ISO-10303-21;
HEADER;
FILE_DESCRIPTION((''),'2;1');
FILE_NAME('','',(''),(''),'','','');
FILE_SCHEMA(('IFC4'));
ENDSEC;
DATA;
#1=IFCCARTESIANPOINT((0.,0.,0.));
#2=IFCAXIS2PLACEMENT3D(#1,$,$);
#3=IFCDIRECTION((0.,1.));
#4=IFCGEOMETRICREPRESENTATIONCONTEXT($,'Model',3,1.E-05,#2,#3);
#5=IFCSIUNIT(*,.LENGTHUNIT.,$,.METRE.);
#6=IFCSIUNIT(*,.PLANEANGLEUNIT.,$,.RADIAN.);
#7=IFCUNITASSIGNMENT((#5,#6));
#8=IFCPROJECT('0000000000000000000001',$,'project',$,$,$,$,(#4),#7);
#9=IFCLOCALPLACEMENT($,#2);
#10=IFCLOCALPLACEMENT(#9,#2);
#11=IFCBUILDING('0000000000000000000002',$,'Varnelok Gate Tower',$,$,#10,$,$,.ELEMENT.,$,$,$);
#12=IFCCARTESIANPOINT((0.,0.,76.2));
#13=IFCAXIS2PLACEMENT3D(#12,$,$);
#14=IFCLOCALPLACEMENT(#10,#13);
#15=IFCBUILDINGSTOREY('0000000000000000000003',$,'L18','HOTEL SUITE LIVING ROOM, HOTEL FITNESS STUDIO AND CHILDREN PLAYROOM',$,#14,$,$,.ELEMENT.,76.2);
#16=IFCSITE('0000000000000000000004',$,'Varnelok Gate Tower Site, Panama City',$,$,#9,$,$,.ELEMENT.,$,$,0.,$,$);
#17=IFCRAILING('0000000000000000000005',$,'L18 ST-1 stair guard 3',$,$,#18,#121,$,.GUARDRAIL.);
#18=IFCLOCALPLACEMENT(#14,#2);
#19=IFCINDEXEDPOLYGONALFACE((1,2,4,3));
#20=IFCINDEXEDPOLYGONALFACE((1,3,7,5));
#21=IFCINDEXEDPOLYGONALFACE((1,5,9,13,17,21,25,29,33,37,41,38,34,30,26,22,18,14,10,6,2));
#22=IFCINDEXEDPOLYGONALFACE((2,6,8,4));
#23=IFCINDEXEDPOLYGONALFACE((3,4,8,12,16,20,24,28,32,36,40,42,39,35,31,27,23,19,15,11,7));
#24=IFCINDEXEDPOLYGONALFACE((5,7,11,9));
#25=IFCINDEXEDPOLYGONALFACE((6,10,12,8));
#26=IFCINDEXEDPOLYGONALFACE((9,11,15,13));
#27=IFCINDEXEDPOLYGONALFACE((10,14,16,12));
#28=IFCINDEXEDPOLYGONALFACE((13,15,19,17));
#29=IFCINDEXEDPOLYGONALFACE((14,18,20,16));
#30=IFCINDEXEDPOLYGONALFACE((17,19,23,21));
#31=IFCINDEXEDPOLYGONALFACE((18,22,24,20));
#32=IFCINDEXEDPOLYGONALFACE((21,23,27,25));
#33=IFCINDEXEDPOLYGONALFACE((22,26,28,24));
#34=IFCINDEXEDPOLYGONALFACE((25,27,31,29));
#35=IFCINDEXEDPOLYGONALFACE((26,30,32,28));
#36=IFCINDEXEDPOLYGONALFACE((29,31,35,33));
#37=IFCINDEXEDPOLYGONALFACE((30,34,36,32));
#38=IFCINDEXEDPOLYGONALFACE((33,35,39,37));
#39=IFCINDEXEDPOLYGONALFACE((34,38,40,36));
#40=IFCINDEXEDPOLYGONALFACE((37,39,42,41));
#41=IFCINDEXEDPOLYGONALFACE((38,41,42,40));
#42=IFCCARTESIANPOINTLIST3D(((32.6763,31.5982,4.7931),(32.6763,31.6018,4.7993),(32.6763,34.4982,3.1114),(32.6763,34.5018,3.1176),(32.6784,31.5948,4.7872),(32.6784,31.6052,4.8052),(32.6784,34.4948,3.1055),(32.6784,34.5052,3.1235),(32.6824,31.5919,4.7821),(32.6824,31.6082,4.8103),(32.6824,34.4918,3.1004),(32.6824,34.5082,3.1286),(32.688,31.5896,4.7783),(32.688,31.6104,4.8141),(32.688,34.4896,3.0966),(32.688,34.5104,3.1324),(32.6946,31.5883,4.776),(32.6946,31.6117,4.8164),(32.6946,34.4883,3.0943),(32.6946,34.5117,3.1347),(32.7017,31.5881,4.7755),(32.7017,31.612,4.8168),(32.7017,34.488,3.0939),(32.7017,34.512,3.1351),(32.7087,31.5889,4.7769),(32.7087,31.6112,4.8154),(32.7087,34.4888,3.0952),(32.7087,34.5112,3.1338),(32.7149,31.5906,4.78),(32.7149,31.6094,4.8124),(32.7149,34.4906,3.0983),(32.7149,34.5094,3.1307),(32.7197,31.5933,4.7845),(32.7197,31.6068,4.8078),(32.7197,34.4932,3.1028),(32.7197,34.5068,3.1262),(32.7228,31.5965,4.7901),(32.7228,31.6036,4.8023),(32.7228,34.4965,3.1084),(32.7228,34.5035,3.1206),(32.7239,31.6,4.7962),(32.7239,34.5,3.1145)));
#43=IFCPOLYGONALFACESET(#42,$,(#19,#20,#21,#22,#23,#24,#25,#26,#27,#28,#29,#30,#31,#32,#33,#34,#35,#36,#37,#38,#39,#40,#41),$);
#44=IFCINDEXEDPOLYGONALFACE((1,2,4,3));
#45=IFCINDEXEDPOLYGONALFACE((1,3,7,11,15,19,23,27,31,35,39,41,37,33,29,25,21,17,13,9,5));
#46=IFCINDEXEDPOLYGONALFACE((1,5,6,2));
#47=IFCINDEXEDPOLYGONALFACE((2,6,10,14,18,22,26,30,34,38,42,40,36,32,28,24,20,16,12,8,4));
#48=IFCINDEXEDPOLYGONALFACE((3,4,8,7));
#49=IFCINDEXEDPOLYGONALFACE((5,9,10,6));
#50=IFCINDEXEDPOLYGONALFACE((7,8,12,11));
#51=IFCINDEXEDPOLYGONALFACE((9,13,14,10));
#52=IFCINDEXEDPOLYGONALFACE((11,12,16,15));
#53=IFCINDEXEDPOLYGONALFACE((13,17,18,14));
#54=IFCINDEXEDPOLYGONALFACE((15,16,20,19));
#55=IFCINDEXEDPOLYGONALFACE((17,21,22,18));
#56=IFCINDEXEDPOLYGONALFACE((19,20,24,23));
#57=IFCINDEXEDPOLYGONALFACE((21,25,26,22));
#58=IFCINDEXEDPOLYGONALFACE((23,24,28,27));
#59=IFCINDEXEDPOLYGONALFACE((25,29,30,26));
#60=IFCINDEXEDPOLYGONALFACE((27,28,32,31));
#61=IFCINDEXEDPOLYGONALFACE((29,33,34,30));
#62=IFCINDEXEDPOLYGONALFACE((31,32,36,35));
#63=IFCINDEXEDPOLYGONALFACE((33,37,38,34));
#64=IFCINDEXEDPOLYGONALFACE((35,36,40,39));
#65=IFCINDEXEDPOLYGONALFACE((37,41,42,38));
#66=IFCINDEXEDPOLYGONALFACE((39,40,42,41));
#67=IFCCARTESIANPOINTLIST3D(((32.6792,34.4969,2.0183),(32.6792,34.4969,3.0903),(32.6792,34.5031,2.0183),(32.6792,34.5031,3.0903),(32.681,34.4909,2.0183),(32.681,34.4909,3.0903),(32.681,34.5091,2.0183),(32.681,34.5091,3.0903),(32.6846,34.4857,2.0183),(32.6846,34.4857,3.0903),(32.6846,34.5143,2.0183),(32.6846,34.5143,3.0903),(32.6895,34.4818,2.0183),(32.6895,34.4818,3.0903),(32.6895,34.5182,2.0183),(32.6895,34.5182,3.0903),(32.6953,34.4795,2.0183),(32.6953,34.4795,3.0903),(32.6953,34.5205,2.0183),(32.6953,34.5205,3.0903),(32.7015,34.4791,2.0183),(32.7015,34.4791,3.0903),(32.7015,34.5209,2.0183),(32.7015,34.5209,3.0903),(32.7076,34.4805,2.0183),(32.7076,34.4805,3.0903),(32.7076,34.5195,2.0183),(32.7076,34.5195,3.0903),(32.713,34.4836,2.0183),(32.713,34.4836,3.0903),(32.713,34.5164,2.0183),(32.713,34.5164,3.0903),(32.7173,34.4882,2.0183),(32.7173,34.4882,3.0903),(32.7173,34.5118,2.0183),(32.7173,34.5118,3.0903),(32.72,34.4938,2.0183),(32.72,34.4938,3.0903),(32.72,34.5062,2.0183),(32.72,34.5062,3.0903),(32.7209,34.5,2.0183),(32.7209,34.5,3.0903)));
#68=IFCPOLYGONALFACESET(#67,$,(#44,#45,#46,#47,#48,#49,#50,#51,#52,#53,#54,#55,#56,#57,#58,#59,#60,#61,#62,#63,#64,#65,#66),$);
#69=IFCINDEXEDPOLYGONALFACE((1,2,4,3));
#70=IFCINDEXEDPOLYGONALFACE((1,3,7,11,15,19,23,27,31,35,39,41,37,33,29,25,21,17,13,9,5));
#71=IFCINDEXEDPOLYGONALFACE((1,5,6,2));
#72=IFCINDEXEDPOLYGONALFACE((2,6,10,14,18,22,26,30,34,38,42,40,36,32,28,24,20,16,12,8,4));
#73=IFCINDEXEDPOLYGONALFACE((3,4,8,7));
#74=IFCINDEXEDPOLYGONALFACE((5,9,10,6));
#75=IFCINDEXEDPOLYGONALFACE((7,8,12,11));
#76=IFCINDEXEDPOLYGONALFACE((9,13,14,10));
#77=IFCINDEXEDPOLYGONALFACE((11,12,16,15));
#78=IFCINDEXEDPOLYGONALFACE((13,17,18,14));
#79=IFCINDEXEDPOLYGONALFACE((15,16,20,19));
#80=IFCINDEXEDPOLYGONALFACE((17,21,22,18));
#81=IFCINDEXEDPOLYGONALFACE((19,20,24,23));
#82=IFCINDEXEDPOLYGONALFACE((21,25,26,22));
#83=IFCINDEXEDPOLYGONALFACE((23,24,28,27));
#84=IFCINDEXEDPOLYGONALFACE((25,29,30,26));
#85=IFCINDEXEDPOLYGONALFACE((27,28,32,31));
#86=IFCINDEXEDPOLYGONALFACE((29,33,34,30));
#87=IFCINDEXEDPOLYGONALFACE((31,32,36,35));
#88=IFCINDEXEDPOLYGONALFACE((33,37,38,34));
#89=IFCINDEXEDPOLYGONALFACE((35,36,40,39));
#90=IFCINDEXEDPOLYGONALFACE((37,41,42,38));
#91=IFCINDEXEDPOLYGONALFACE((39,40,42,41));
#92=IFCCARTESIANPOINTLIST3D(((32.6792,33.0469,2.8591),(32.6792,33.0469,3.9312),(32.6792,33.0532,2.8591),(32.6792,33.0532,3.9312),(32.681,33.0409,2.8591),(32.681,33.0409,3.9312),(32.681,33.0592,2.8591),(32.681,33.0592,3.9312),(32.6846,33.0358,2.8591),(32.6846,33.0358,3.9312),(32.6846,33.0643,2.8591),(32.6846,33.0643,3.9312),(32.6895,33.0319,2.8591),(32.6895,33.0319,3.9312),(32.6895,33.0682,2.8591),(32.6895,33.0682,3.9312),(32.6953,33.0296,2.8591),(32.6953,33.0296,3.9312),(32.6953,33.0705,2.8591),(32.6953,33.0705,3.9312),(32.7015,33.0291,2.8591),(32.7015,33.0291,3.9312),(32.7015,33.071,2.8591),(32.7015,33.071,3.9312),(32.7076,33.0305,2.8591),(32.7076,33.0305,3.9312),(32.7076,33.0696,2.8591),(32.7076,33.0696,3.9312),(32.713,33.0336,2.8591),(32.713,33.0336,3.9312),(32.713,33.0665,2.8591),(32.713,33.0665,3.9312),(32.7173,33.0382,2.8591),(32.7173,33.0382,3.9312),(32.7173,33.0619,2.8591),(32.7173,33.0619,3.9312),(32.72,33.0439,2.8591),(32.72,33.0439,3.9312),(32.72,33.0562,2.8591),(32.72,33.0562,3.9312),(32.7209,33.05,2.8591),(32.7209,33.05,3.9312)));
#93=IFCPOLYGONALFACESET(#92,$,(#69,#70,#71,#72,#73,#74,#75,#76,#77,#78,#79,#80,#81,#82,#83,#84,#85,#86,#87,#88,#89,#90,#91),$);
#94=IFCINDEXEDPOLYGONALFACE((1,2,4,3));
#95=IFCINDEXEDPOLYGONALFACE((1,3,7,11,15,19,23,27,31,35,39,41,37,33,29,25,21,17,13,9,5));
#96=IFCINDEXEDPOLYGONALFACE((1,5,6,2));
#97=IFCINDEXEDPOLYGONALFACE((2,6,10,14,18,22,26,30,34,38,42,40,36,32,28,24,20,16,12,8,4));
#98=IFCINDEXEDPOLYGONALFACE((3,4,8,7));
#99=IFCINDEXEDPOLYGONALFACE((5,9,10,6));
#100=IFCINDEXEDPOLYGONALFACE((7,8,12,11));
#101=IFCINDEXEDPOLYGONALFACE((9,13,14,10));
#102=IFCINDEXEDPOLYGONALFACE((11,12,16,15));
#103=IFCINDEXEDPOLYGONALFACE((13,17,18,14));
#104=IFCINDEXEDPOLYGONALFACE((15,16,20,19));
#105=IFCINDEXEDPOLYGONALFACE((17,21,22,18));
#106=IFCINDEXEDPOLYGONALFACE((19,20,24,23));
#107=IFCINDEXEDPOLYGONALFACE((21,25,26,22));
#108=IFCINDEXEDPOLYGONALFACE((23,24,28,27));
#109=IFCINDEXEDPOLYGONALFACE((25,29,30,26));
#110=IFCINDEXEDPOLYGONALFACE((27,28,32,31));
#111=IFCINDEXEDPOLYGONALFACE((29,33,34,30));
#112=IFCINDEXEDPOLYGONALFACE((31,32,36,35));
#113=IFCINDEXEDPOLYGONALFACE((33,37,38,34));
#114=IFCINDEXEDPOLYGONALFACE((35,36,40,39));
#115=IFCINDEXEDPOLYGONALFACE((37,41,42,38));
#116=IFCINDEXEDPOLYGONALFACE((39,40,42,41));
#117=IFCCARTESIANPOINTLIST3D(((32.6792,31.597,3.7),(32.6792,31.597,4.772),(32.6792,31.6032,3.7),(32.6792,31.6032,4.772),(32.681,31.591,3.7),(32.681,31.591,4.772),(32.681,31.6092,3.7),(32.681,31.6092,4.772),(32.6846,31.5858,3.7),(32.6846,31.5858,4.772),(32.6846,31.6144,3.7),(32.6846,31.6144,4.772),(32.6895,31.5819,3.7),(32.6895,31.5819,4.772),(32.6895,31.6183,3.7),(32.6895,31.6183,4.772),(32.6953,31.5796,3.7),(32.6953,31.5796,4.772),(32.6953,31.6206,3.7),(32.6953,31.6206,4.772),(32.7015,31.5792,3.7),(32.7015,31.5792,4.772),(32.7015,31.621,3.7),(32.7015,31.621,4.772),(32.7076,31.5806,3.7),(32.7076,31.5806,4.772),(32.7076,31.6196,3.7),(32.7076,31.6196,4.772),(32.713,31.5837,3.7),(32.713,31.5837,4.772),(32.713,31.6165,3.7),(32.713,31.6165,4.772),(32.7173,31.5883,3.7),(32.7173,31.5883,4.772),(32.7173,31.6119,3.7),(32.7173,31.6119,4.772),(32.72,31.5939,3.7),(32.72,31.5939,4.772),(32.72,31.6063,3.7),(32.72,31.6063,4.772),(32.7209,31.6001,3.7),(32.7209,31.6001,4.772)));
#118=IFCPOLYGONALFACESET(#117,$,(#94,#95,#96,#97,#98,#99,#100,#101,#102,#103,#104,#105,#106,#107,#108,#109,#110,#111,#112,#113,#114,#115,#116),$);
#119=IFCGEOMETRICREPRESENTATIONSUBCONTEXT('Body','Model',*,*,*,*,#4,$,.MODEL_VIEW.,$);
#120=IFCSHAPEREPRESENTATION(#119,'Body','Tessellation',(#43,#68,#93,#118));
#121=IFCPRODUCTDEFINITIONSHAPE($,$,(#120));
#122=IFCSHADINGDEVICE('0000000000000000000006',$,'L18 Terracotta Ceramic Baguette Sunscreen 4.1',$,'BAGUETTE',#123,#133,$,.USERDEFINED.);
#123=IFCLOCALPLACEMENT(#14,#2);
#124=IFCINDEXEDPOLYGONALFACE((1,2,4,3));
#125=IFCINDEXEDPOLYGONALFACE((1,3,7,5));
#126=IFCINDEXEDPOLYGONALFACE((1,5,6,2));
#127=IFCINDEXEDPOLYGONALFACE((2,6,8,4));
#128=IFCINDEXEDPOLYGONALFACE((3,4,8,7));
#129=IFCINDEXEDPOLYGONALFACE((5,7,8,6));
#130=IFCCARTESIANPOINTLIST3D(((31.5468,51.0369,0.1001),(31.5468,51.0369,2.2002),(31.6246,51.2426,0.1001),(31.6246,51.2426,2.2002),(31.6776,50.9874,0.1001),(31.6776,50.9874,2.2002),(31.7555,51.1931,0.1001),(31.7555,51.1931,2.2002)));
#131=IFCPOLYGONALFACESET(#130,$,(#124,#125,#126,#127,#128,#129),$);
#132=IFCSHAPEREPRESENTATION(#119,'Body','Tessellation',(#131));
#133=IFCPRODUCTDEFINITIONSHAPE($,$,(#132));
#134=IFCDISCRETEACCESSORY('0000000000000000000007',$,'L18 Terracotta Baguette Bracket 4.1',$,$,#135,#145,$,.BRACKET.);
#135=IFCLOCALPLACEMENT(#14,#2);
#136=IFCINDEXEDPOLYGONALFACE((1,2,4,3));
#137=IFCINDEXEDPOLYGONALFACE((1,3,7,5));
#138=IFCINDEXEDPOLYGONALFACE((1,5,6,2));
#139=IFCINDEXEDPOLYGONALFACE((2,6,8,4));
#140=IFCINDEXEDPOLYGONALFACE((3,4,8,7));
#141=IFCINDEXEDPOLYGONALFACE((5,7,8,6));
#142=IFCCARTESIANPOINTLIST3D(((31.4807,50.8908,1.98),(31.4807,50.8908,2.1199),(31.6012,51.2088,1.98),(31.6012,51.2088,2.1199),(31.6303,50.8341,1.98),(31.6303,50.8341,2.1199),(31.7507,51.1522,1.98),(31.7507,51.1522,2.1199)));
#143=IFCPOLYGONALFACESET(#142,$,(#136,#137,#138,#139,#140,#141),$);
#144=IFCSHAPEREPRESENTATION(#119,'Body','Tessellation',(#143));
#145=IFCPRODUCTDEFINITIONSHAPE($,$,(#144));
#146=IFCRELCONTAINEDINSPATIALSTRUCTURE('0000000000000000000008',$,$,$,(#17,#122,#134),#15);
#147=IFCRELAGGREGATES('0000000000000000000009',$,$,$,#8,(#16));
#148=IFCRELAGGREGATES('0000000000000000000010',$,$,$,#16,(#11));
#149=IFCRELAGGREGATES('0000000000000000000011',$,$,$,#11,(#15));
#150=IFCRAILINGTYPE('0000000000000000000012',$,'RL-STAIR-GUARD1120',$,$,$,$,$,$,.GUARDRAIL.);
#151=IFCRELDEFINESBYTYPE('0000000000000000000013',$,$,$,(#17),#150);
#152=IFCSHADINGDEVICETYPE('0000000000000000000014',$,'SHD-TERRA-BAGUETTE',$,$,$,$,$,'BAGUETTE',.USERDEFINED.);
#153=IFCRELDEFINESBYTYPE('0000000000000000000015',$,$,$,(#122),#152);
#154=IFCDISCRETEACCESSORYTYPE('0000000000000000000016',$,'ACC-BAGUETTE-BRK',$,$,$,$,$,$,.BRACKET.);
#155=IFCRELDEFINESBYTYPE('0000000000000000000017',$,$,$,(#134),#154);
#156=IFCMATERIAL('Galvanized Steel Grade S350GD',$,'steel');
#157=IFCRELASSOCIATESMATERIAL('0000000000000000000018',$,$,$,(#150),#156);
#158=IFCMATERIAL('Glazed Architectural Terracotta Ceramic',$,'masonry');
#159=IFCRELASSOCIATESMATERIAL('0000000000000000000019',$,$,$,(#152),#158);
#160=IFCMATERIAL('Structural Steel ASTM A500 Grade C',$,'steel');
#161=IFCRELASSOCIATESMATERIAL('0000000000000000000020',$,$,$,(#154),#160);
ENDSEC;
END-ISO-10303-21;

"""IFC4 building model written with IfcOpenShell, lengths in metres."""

from ifc_helpers import new_model, si_unit, direction, frame, origin, origin_2d, place, context, subcontext, project, spatial, rectangle, circle, extrude, source, transform, mapped, material, type_object, element, save


model = new_model("IFC4")

# Units and contexts
model_context = context("Model", 3, precision=1e-05, world=origin(), true_north=direction((0.0, 1.0)))
body_context = subcontext(model_context, "Body", "Model", "MODEL_VIEW")
ifc_project = project(units=[si_unit("LENGTHUNIT", "METRE"), si_unit("PLANEANGLEUNIT", "RADIAN")], contexts=[model_context])

# Site, building, storey
site_placement = place(None, origin())
site = spatial("IfcSite", under=ifc_project, at=site_placement, Name="Varnelok Gate Tower Site, Panama City", CompositionType="ELEMENT", RefElevation=0.0)
building_placement = place(site_placement, origin())
building = spatial("IfcBuilding", under=site, at=building_placement, Name="Varnelok Gate Tower", CompositionType="ELEMENT")
storey_placement = place(building_placement, frame((0.0, 0.0, 76.2)))
storey = spatial("IfcBuildingStorey", under=building, at=storey_placement, Name="L18", Description="HOTEL SUITE LIVING ROOM, HOTEL FITNESS STUDIO AND CHILDREN PLAYROOM", CompositionType="ELEMENT", Elevation=76.2)

# Railing
ifc_material_1 = material(Name="Galvanized Steel Grade S350GD", Category="steel")
railing_type_1 = type_object("IfcRailingType", Name="RL-STAIR-GUARD1120", PredefinedType="GUARDRAIL", material=ifc_material_1)
railing_1_placement = place(storey_placement, frame((32.7, 34.5, 2.0183)))
element("IfcRailing", 1, at=railing_1_placement, inside=storey, type_object=railing_type_1, Name="L18 ST-1 stair guard 3", PredefinedType="GUARDRAIL", context=body_context, shape_type="SweptSolid", body=[
    extrude(circle(Radius=0.0239, at=origin_2d()), frame((0.0, 0.0, 1.0962), z_axis=(0.0, -0.86507, 0.501651), x_axis=(1.0, 0.0, 0.0)), (0.0, 0.0, 1.0), 3.3523),
    extrude(circle(Radius=0.021, at=origin_2d()), origin(), (0.0, 0.0, 1.0), 1.072),
    extrude(circle(Radius=0.021, at=origin_2d()), frame((0.0, -1.45, 0.8408)), (0.0, 0.0, 1.0), 1.072),
    extrude(circle(Radius=0.021, at=origin_2d()), frame((0.0, -2.8999, 1.6816)), (0.0, 0.0, 1.0), 1.072),
])

# Shading device
ifc_material_2 = material(Name="Glazed Architectural Terracotta Ceramic", Category="masonry")
shading_device_type = type_object("IfcShadingDeviceType", Name="SHD-TERRA-BAGUETTE", ElementType="BAGUETTE", PredefinedType="USERDEFINED", material=ifc_material_2)
shared_shape_1 = source(origin(), body_context, "Body", "SweptSolid", [
    extrude(rectangle(XDim=0.1399, YDim=0.22, at=origin_2d()), origin(), (0.0, 0.0, 1.0), 2.1001),
])
shading_device_placement = place(storey_placement, frame((31.6511, 51.115, 0.1001), z_axis=(0.0, 0.0, 1.0), x_axis=(0.935222, -0.354063, 0.0)))
element("IfcShadingDevice", 2, at=shading_device_placement, inside=storey, type_object=shading_device_type, Name="L18 Terracotta Ceramic Baguette Sunscreen 4.1", ObjectType="BAGUETTE", PredefinedType="USERDEFINED", context=body_context, shape_type="MappedRepresentation", body=[
    mapped(shared_shape_1, transform((0.0, 0.0, 0.0), scale=1.0)),
])

# Discrete accessory
ifc_material_3 = material(Name="Structural Steel ASTM A500 Grade C", Category="steel")
discrete_accessory_type = type_object("IfcDiscreteAccessoryType", Name="ACC-BAGUETTE-BRK", PredefinedType="BRACKET", material=ifc_material_3)
shared_shape_2 = source(origin(), body_context, "Body", "SweptSolid", [
    extrude(rectangle(XDim=0.1599, YDim=0.3401, at=origin_2d()), origin(), (0.0, 0.0, 1.0), 0.1399),
])
discrete_accessory_placement = place(storey_placement, frame((31.6157, 51.0215, 1.98), z_axis=(0.0, 0.0, 1.0), x_axis=(0.935222, -0.354063, 0.0)))
element("IfcDiscreteAccessory", 3, at=discrete_accessory_placement, inside=storey, type_object=discrete_accessory_type, Name="L18 Terracotta Baguette Bracket 4.1", PredefinedType="BRACKET", context=body_context, shape_type="MappedRepresentation", body=[
    mapped(shared_shape_2, transform((0.0, 0.0, 0.0), scale=1.0)),
])

save(model, "model.ifc")
